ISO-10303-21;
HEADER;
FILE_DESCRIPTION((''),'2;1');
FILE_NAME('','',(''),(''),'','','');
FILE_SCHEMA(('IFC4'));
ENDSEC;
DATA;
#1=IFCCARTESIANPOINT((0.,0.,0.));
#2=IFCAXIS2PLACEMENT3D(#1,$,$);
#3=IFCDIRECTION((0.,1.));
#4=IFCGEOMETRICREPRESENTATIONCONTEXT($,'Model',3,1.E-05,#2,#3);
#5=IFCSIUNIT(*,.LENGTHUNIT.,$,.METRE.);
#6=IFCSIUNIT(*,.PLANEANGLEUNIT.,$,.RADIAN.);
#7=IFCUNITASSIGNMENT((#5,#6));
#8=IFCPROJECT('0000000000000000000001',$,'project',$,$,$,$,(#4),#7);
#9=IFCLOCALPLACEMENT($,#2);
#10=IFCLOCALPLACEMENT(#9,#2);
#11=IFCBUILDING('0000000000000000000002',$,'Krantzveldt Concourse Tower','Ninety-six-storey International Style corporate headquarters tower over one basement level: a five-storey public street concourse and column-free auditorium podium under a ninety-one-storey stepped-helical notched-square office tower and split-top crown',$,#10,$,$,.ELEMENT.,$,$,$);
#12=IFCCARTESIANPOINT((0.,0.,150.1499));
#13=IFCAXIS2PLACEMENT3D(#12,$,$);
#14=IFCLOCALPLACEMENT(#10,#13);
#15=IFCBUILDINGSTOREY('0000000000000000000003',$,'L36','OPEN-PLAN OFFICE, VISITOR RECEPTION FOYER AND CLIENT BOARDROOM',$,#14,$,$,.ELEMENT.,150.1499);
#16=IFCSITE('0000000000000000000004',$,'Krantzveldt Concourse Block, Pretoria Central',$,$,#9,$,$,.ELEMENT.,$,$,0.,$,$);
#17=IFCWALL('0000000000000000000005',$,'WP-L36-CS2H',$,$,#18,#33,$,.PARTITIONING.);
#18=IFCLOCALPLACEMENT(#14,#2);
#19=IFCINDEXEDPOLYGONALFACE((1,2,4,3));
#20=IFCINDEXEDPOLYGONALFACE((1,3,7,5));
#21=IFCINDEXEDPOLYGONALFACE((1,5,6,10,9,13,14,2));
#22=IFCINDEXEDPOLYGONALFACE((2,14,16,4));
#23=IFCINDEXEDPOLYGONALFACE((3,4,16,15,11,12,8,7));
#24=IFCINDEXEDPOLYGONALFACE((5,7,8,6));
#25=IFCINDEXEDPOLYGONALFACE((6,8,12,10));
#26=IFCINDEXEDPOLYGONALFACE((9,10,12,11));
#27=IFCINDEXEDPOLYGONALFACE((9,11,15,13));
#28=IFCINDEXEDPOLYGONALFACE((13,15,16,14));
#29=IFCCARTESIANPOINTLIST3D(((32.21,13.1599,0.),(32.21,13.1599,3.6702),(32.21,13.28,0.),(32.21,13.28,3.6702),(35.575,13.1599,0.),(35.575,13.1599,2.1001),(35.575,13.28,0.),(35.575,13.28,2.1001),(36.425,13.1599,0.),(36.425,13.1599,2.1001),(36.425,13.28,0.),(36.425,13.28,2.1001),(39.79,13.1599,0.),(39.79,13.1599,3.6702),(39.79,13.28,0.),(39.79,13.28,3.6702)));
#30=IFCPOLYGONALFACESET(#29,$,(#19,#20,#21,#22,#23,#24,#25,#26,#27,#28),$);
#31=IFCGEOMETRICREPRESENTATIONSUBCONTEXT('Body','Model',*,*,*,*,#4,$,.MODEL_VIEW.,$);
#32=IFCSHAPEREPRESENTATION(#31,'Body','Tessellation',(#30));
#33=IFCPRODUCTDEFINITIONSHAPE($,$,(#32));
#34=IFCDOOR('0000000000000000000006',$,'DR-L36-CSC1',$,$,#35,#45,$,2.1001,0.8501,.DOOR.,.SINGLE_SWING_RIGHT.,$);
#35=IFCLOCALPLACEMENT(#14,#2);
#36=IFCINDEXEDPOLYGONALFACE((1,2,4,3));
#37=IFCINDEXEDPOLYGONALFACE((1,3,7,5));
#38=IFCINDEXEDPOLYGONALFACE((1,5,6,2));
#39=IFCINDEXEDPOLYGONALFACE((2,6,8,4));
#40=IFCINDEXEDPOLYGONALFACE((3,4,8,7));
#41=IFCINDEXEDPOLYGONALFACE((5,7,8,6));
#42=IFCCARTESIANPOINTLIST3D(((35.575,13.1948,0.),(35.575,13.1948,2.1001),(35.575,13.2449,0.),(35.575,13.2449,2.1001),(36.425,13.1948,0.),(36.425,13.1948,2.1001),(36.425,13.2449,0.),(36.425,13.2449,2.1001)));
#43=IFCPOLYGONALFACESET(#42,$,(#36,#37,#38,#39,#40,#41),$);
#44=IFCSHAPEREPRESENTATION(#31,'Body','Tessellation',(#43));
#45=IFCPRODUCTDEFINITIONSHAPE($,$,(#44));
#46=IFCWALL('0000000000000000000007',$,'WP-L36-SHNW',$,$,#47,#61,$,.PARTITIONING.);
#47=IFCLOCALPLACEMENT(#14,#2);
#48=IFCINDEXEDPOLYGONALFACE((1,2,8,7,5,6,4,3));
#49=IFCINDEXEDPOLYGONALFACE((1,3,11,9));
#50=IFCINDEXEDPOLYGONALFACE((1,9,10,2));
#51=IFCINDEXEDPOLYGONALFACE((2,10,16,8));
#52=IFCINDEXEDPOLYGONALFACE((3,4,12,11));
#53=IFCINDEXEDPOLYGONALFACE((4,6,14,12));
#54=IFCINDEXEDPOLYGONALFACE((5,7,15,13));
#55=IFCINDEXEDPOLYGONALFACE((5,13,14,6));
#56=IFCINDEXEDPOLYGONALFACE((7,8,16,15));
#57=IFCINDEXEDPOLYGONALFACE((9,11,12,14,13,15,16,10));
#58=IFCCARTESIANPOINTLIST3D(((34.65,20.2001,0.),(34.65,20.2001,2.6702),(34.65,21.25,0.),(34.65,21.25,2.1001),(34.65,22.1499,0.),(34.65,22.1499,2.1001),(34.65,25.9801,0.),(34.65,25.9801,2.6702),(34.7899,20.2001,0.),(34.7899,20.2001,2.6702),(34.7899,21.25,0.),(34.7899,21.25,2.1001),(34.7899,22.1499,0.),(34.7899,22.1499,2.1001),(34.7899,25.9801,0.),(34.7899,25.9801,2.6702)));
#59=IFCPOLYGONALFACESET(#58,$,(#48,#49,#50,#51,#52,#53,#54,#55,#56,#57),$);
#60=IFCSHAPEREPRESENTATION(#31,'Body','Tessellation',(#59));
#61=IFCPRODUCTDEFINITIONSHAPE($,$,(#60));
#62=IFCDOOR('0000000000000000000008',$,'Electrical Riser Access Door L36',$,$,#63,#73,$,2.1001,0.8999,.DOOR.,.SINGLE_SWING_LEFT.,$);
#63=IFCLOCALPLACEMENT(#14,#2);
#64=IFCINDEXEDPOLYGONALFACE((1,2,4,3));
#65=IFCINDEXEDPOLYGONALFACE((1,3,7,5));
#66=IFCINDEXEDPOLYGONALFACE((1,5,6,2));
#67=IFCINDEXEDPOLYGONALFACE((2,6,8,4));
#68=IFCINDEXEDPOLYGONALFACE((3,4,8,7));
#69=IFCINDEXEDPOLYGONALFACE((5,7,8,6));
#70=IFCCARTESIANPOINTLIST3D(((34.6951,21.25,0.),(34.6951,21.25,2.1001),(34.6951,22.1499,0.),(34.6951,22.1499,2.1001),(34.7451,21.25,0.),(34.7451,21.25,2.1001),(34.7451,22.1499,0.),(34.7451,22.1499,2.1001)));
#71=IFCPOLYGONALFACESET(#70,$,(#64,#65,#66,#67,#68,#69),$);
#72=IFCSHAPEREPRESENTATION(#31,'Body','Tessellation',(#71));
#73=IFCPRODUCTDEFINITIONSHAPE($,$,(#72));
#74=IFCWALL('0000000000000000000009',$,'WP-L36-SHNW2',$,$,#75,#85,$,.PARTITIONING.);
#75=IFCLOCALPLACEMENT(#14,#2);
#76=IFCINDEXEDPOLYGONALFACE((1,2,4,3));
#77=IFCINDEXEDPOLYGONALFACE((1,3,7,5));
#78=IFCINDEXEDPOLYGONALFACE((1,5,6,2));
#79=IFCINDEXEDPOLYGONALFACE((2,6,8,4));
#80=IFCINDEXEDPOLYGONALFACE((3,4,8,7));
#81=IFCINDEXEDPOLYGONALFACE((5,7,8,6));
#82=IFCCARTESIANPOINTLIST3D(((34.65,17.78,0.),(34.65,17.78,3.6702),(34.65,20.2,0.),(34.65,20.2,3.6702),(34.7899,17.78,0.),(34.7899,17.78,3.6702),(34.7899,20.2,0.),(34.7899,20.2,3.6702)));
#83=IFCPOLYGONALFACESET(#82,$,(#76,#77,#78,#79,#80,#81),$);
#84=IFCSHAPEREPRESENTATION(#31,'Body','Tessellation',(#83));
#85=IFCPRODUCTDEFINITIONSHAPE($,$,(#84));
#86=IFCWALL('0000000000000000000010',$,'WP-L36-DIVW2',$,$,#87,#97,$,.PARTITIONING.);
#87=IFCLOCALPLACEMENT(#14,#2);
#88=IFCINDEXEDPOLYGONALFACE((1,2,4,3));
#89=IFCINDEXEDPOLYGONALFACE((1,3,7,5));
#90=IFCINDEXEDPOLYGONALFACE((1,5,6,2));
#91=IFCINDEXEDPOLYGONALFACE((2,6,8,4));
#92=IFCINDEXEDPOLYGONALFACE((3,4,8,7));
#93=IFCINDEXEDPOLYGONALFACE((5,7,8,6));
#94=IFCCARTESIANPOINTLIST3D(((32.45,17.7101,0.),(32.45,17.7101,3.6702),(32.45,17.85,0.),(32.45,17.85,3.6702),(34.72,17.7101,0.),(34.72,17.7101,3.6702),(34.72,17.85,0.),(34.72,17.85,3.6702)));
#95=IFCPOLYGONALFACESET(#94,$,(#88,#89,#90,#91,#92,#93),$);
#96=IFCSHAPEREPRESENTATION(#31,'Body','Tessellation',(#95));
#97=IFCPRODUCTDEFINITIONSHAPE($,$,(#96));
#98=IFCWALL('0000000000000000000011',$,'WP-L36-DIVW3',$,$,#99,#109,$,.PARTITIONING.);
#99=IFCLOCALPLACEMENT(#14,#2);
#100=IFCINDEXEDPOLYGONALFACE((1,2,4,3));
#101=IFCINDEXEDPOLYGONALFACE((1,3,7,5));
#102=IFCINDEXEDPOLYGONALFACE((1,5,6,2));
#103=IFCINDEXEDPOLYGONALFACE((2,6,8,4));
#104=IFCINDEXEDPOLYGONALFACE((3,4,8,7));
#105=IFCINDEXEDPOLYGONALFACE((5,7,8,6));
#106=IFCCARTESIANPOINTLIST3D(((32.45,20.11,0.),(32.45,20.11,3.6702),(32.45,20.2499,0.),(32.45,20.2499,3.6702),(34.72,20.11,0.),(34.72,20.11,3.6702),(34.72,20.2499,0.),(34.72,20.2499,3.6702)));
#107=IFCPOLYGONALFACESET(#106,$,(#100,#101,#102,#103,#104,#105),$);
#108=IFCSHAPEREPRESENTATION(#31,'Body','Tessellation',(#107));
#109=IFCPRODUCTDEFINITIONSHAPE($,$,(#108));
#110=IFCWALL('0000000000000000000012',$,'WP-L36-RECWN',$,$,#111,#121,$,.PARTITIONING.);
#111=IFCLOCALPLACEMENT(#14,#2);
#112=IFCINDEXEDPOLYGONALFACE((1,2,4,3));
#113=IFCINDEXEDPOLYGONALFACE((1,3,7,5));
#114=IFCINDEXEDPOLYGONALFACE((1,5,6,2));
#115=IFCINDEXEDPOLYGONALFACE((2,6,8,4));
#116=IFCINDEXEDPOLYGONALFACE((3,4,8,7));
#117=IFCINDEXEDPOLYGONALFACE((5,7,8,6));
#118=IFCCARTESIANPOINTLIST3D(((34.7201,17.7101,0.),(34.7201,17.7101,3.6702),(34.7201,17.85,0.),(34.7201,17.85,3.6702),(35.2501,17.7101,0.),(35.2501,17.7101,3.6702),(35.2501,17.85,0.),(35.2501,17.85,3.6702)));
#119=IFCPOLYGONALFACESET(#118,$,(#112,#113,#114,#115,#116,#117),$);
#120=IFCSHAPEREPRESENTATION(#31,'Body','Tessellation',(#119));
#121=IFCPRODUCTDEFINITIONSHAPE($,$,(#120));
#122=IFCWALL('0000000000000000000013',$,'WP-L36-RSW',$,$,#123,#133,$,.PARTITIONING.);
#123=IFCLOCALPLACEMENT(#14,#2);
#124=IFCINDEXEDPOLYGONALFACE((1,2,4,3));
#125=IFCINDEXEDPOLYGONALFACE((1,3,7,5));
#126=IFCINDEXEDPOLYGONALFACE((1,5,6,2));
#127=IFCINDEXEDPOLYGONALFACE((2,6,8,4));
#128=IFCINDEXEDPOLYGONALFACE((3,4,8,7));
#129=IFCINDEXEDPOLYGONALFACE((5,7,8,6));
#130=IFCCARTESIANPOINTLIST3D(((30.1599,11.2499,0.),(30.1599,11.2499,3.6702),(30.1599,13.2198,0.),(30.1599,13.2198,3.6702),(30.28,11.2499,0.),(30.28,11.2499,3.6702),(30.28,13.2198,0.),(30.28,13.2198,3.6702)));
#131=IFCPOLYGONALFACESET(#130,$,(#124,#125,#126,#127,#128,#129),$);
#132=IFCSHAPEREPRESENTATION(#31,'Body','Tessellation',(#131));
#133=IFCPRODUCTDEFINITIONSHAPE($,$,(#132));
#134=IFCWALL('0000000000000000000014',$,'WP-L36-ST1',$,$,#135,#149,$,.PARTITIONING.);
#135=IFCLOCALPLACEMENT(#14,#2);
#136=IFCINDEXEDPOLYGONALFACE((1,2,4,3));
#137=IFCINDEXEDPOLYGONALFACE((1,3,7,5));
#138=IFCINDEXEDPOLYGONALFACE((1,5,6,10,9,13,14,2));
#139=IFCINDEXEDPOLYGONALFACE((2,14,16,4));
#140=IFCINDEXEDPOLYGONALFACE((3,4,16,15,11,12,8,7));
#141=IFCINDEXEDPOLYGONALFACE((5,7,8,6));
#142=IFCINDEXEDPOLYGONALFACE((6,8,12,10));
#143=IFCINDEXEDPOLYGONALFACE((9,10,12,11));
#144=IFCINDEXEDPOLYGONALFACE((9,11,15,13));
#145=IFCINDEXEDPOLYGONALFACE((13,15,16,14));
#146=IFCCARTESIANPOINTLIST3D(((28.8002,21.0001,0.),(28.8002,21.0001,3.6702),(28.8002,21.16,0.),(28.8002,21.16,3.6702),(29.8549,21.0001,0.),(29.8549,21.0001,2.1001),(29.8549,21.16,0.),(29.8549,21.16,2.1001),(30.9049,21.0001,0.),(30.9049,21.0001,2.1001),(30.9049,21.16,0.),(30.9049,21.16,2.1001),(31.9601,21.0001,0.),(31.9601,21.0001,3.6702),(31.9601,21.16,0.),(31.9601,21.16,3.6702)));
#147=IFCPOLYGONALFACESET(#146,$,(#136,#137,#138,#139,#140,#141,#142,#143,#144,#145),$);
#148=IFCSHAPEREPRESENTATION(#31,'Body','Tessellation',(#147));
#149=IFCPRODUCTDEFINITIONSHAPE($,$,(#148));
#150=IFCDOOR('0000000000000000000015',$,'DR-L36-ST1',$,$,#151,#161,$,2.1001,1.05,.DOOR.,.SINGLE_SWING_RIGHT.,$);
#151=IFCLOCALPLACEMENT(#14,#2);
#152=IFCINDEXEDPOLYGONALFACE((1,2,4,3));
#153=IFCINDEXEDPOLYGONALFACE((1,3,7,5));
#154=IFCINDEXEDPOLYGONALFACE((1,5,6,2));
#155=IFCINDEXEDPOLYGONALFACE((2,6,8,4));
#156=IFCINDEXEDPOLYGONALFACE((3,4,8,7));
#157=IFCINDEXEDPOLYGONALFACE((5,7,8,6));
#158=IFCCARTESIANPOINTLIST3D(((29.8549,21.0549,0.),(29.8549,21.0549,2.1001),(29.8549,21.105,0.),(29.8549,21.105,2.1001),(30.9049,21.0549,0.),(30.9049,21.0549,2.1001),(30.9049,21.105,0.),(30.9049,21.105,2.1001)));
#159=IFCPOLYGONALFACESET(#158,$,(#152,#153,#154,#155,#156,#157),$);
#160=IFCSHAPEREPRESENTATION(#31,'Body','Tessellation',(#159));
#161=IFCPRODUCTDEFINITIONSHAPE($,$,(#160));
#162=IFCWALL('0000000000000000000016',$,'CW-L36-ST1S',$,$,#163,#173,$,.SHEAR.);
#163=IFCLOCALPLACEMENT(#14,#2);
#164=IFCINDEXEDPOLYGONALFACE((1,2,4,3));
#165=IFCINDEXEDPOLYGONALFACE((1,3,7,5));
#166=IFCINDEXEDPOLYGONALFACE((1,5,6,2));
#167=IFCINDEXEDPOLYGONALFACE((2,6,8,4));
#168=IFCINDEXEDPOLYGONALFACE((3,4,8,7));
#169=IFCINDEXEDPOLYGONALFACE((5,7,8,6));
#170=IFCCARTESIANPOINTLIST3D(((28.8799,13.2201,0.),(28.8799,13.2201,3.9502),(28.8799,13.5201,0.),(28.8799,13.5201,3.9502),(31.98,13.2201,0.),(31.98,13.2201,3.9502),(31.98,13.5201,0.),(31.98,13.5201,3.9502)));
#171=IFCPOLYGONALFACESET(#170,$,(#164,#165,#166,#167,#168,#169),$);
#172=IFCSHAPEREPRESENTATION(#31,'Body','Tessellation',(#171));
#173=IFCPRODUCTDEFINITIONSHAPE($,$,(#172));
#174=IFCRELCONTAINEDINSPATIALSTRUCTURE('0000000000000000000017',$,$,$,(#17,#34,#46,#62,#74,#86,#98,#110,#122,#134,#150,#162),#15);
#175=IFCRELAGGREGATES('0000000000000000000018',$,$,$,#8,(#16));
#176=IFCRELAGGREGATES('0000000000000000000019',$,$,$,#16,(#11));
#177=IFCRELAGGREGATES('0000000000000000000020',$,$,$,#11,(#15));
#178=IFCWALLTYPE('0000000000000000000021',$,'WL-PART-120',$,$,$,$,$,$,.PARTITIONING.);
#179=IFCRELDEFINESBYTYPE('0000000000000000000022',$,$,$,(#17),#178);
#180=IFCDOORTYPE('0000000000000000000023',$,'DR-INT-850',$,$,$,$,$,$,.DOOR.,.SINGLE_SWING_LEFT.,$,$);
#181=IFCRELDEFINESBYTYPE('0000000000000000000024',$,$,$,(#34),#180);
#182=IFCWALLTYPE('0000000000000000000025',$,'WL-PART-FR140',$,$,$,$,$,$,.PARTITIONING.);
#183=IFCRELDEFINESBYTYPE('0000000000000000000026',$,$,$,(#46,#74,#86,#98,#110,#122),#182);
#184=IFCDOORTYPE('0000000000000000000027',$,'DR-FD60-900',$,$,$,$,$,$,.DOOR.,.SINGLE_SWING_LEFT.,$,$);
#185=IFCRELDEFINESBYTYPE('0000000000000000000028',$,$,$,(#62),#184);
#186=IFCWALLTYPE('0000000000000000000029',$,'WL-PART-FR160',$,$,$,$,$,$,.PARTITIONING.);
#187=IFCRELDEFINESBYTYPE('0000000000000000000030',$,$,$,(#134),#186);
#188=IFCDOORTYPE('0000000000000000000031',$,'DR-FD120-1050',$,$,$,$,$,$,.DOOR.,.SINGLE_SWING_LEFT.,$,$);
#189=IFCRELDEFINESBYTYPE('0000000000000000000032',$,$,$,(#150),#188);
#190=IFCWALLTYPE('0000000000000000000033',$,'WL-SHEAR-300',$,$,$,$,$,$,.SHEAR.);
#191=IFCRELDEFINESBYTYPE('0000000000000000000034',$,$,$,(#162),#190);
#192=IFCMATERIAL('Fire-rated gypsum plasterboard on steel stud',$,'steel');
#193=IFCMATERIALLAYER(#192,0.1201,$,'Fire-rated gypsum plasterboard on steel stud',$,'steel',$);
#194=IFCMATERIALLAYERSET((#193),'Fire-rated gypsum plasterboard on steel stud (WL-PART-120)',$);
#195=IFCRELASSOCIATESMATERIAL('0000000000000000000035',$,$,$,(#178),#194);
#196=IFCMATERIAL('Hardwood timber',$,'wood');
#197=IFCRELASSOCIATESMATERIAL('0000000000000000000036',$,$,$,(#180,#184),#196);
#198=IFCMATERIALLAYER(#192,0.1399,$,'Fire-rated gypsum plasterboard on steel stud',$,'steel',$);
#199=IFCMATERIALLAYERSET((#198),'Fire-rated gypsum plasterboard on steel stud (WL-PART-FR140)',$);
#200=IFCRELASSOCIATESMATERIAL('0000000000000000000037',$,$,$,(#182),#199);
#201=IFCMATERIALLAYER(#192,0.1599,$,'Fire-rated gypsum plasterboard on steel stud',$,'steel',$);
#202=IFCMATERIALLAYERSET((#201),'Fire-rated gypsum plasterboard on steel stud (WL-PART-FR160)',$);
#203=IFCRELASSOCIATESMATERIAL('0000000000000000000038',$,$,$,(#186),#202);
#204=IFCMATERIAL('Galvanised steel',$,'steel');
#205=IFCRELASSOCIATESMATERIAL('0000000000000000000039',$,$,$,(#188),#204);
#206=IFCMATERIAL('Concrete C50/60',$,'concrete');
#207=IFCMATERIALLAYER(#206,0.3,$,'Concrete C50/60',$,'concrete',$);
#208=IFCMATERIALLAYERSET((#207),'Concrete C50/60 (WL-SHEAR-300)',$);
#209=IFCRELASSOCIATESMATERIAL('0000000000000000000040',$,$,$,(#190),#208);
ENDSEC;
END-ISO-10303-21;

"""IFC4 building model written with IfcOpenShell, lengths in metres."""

from ifc_helpers import new_model, si_unit, direction, frame, frame_2d, origin, place, context, subcontext, project, spatial, rectangle, extrude, material, layer, layer_set, type_object, element, fill, save


model = new_model("IFC4")

# Units and contexts
model_context = context("Model", 3, precision=1e-05, world=origin(), true_north=direction((0.0, 1.0)))
body_context = subcontext(model_context, "Body", "Model", "MODEL_VIEW")
ifc_project = project(units=[si_unit("LENGTHUNIT", "METRE"), si_unit("PLANEANGLEUNIT", "RADIAN")], contexts=[model_context])

# Site, building, storey
site_placement = place(None, origin())
site = spatial("IfcSite", under=ifc_project, at=site_placement, Name="Krantzveldt Concourse Block, Pretoria Central", CompositionType="ELEMENT", RefElevation=0.0)
building_placement = place(site_placement, origin())
building = spatial("IfcBuilding", under=site, at=building_placement, Name="Krantzveldt Concourse Tower", Description="Ninety-six-storey International Style corporate headquarters tower over one basement level: a five-storey public street concourse and column-free auditorium podium under a ninety-one-storey stepped-helical notched-square office tower and split-top crown", CompositionType="ELEMENT")
storey_placement = place(building_placement, frame((0.0, 0.0, 150.1499)))
storey = spatial("IfcBuildingStorey", under=building, at=storey_placement, Name="L36", Description="OPEN-PLAN OFFICE, VISITOR RECEPTION FOYER AND CLIENT BOARDROOM", CompositionType="ELEMENT", Elevation=150.1499)

# Walls, openings, doors
ifc_material_1 = material(Name="Fire-rated gypsum plasterboard on steel stud", Category="steel")
ifc_layer_1 = layer(ifc_material_1, 0.1201, Name="Fire-rated gypsum plasterboard on steel stud", Category="steel")
ifc_layer_set_1 = layer_set([ifc_layer_1], Name="Fire-rated gypsum plasterboard on steel stud (WL-PART-120)")
wall_type_1 = type_object("IfcWallType", Name="WL-PART-120", PredefinedType="PARTITIONING", material=ifc_layer_set_1)
wall_1_placement = place(storey_placement, frame((32.21, 13.22, 0.0), z_axis=(0.0, 0.0, 1.0), x_axis=(1.0, 0.0, 0.0)))
wall_1 = element("IfcWall", 1, at=wall_1_placement, inside=storey, type_object=wall_type_1, Name="WP-L36-CS2H", PredefinedType="PARTITIONING", context=body_context, shape_type="SweptSolid", body=[
    extrude(rectangle(XDim=7.5801, YDim=0.1201, at=frame_2d((3.79, 0.0))), origin(), (0.0, 0.0, 1.0), 3.6702),
])
opening_1_placement = place(wall_1_placement, frame((3.365, 0.0, 0.0)))
opening_1 = element("IfcOpeningElement", 2, at=opening_1_placement, cuts=wall_1, PredefinedType="OPENING", context=body_context, shape_type="SweptSolid", body=[
    extrude(rectangle(XDim=0.8501, YDim=2.1001, at=frame_2d((0.425, 1.05))), frame((0.0, 0.0701, 0.0), z_axis=(0.0, -1.0, 0.0), x_axis=(1.0, 0.0, 0.0)), (0.0, 0.0, 1.0), 0.1401),
])
ifc_material_2 = material(Name="Hardwood timber", Category="wood")
door_type_1 = type_object("IfcDoorType", Name="DR-INT-850", OperationType="SINGLE_SWING_LEFT", PredefinedType="DOOR", material=ifc_material_2)
door_1_placement = place(opening_1_placement, origin())
door_1 = element("IfcDoor", 3, at=door_1_placement, inside=storey, type_object=door_type_1, Name="DR-L36-CSC1", OperationType="SINGLE_SWING_RIGHT", OverallHeight=2.1001, OverallWidth=0.8501, PredefinedType="DOOR", context=body_context, shape_type="SweptSolid", body=[
    extrude(rectangle(XDim=0.8501, YDim=2.1001, at=frame_2d((0.425, 1.05))), frame((0.0, 0.0249, 0.0), z_axis=(0.0, -1.0, 0.0), x_axis=(1.0, 0.0, 0.0)), (0.0, 0.0, 1.0), 0.05),
])
fill(opening_1, door_1)
ifc_layer_2 = layer(ifc_material_1, 0.1399, Name="Fire-rated gypsum plasterboard on steel stud", Category="steel")
ifc_layer_set_2 = layer_set([ifc_layer_2], Name="Fire-rated gypsum plasterboard on steel stud (WL-PART-FR140)")
wall_type_2 = type_object("IfcWallType", Name="WL-PART-FR140", PredefinedType="PARTITIONING", material=ifc_layer_set_2)
wall_2_placement = place(storey_placement, frame((34.72, 20.2, 0.0), z_axis=(0.0, 0.0, 1.0), x_axis=(0.0, 1.0, 0.0)))
wall_2 = element("IfcWall", 4, at=wall_2_placement, inside=storey, type_object=wall_type_2, Name="WP-L36-SHNW", PredefinedType="PARTITIONING", context=body_context, shape_type="SweptSolid", body=[
    extrude(rectangle(XDim=5.78, YDim=0.1399, at=frame_2d((2.8901, 0.0))), origin(), (0.0, 0.0, 1.0), 2.6702),
])
opening_2_placement = place(wall_2_placement, frame((1.05, 0.0, 0.0)))
opening_2 = element("IfcOpeningElement", 5, at=opening_2_placement, cuts=wall_2, PredefinedType="OPENING", context=body_context, shape_type="SweptSolid", body=[
    extrude(rectangle(XDim=0.8999, YDim=2.1001, at=frame_2d((0.45, 1.05))), frame((0.0, 0.0801, 0.0), z_axis=(0.0, -1.0, 0.0), x_axis=(1.0, 0.0, 0.0)), (0.0, 0.0, 1.0), 0.1599),
])
door_type_2 = type_object("IfcDoorType", Name="DR-FD60-900", OperationType="SINGLE_SWING_LEFT", PredefinedType="DOOR", material=ifc_material_2)
door_2_placement = place(opening_2_placement, origin())
door_2 = element("IfcDoor", 6, at=door_2_placement, inside=storey, type_object=door_type_2, Name="Electrical Riser Access Door L36", OperationType="SINGLE_SWING_LEFT", OverallHeight=2.1001, OverallWidth=0.8999, PredefinedType="DOOR", context=body_context, shape_type="SweptSolid", body=[
    extrude(rectangle(XDim=0.8999, YDim=2.1001, at=frame_2d((0.45, 1.05))), frame((0.0, 0.0249, 0.0), z_axis=(0.0, -1.0, 0.0), x_axis=(1.0, 0.0, 0.0)), (0.0, 0.0, 1.0), 0.05),
])
fill(opening_2, door_2)

# Walls
wall_3_placement = place(storey_placement, frame((34.72, 17.78, 0.0), z_axis=(0.0, 0.0, 1.0), x_axis=(0.0, 1.0, 0.0)))
element("IfcWall", 7, at=wall_3_placement, inside=storey, type_object=wall_type_2, Name="WP-L36-SHNW2", PredefinedType="PARTITIONING", context=body_context, shape_type="SweptSolid", body=[
    extrude(rectangle(XDim=2.4199, YDim=0.1399, at=frame_2d((1.21, 0.0))), origin(), (0.0, 0.0, 1.0), 3.6702),
])
for number, where, z_axis, x_axis, name in (
    (8, (32.45, 17.78, 0.0), (0.0, 0.0, 1.0), (1.0, 0.0, 0.0), "WP-L36-DIVW2"),
    (9, (32.45, 20.1799, 0.0), (0.0, 0.0, 1.0), (1.0, 0.0, 0.0), "WP-L36-DIVW3"),
):
    element("IfcWall", number, at=place(storey_placement, frame(where, z_axis=z_axis, x_axis=x_axis)), inside=storey, type_object=wall_type_2, Name=name, PredefinedType="PARTITIONING", context=body_context, shape_type="SweptSolid", body=[
        extrude(rectangle(XDim=2.27, YDim=0.1399, at=frame_2d((1.135, 0.0))), origin(), (0.0, 0.0, 1.0), 3.6702),
    ])
wall_4_placement = place(storey_placement, frame((34.72, 17.78, 0.0), z_axis=(0.0, 0.0, 1.0), x_axis=(1.0, 0.0, 0.0)))
element("IfcWall", 10, at=wall_4_placement, inside=storey, type_object=wall_type_2, Name="WP-L36-RECWN", PredefinedType="PARTITIONING", context=body_context, shape_type="SweptSolid", body=[
    extrude(rectangle(XDim=0.53, YDim=0.1399, at=frame_2d((0.2651, 0.0))), origin(), (0.0, 0.0, 1.0), 3.6702),
])
wall_5_placement = place(storey_placement, frame((30.22, 11.25, 0.0), z_axis=(0.0, 0.0, 1.0), x_axis=(0.0, 1.0, 0.0)))
element("IfcWall", 11, at=wall_5_placement, inside=storey, type_object=wall_type_2, Name="WP-L36-RSW", PredefinedType="PARTITIONING", context=body_context, shape_type="SweptSolid", body=[
    extrude(rectangle(XDim=1.97, YDim=0.1201, at=frame_2d((0.9849, 0.0))), origin(), (0.0, 0.0, 1.0), 3.6702),
])

# Wall, opening, door
ifc_layer_3 = layer(ifc_material_1, 0.1599, Name="Fire-rated gypsum plasterboard on steel stud", Category="steel")
ifc_layer_set_3 = layer_set([ifc_layer_3], Name="Fire-rated gypsum plasterboard on steel stud (WL-PART-FR160)")
wall_type_3 = type_object("IfcWallType", Name="WL-PART-FR160", PredefinedType="PARTITIONING", material=ifc_layer_set_3)
wall_6_placement = place(storey_placement, frame((28.8, 21.0801, 0.0), z_axis=(0.0, 0.0, 1.0), x_axis=(1.0, 0.0, 0.0)))
wall_6 = element("IfcWall", 12, at=wall_6_placement, inside=storey, type_object=wall_type_3, Name="WP-L36-ST1", PredefinedType="PARTITIONING", context=body_context, shape_type="SweptSolid", body=[
    extrude(rectangle(XDim=3.1599, YDim=0.1599, at=frame_2d((1.5801, 0.0))), origin(), (0.0, 0.0, 1.0), 3.6702),
])
opening_3_placement = place(wall_6_placement, frame((1.0549, 0.0, 0.0)))
opening_3 = element("IfcOpeningElement", 13, at=opening_3_placement, cuts=wall_6, PredefinedType="OPENING", context=body_context, shape_type="SweptSolid", body=[
    extrude(rectangle(XDim=1.05, YDim=2.1001, at=frame_2d((0.5249, 1.05))), frame((0.0, 0.0898, 0.0), z_axis=(0.0, -1.0, 0.0), x_axis=(1.0, 0.0, 0.0)), (0.0, 0.0, 1.0), 0.1799),
])
ifc_material_3 = material(Name="Galvanised steel", Category="steel")
door_type_3 = type_object("IfcDoorType", Name="DR-FD120-1050", OperationType="SINGLE_SWING_LEFT", PredefinedType="DOOR", material=ifc_material_3)
door_3_placement = place(opening_3_placement, origin())
door_3 = element("IfcDoor", 14, at=door_3_placement, inside=storey, type_object=door_type_3, Name="DR-L36-ST1", OperationType="SINGLE_SWING_RIGHT", OverallHeight=2.1001, OverallWidth=1.05, PredefinedType="DOOR", context=body_context, shape_type="SweptSolid", body=[
    extrude(rectangle(XDim=1.05, YDim=2.1001, at=frame_2d((0.5249, 1.05))), frame((0.0, 0.0249, 0.0), z_axis=(0.0, -1.0, 0.0), x_axis=(1.0, 0.0, 0.0)), (0.0, 0.0, 1.0), 0.05),
])
fill(opening_3, door_3)

# Wall
ifc_material_4 = material(Name="Concrete C50/60", Category="concrete")
ifc_layer_4 = layer(ifc_material_4, 0.3, Name="Concrete C50/60", Category="concrete")
ifc_layer_set_4 = layer_set([ifc_layer_4], Name="Concrete C50/60 (WL-SHEAR-300)")
wall_type_4 = type_object("IfcWallType", Name="WL-SHEAR-300", PredefinedType="SHEAR", material=ifc_layer_set_4)
wall_7_placement = place(storey_placement, frame((28.8799, 13.3701, 0.0), z_axis=(0.0, 0.0, 1.0), x_axis=(1.0, 0.0, 0.0)))
element("IfcWall", 15, at=wall_7_placement, inside=storey, type_object=wall_type_4, Name="CW-L36-ST1S", PredefinedType="SHEAR", context=body_context, shape_type="SweptSolid", body=[
    extrude(rectangle(XDim=3.1001, YDim=0.3, at=frame_2d((1.55, 0.0))), origin(), (0.0, 0.0, 1.0), 3.9502),
])

save(model, "model.ifc")
